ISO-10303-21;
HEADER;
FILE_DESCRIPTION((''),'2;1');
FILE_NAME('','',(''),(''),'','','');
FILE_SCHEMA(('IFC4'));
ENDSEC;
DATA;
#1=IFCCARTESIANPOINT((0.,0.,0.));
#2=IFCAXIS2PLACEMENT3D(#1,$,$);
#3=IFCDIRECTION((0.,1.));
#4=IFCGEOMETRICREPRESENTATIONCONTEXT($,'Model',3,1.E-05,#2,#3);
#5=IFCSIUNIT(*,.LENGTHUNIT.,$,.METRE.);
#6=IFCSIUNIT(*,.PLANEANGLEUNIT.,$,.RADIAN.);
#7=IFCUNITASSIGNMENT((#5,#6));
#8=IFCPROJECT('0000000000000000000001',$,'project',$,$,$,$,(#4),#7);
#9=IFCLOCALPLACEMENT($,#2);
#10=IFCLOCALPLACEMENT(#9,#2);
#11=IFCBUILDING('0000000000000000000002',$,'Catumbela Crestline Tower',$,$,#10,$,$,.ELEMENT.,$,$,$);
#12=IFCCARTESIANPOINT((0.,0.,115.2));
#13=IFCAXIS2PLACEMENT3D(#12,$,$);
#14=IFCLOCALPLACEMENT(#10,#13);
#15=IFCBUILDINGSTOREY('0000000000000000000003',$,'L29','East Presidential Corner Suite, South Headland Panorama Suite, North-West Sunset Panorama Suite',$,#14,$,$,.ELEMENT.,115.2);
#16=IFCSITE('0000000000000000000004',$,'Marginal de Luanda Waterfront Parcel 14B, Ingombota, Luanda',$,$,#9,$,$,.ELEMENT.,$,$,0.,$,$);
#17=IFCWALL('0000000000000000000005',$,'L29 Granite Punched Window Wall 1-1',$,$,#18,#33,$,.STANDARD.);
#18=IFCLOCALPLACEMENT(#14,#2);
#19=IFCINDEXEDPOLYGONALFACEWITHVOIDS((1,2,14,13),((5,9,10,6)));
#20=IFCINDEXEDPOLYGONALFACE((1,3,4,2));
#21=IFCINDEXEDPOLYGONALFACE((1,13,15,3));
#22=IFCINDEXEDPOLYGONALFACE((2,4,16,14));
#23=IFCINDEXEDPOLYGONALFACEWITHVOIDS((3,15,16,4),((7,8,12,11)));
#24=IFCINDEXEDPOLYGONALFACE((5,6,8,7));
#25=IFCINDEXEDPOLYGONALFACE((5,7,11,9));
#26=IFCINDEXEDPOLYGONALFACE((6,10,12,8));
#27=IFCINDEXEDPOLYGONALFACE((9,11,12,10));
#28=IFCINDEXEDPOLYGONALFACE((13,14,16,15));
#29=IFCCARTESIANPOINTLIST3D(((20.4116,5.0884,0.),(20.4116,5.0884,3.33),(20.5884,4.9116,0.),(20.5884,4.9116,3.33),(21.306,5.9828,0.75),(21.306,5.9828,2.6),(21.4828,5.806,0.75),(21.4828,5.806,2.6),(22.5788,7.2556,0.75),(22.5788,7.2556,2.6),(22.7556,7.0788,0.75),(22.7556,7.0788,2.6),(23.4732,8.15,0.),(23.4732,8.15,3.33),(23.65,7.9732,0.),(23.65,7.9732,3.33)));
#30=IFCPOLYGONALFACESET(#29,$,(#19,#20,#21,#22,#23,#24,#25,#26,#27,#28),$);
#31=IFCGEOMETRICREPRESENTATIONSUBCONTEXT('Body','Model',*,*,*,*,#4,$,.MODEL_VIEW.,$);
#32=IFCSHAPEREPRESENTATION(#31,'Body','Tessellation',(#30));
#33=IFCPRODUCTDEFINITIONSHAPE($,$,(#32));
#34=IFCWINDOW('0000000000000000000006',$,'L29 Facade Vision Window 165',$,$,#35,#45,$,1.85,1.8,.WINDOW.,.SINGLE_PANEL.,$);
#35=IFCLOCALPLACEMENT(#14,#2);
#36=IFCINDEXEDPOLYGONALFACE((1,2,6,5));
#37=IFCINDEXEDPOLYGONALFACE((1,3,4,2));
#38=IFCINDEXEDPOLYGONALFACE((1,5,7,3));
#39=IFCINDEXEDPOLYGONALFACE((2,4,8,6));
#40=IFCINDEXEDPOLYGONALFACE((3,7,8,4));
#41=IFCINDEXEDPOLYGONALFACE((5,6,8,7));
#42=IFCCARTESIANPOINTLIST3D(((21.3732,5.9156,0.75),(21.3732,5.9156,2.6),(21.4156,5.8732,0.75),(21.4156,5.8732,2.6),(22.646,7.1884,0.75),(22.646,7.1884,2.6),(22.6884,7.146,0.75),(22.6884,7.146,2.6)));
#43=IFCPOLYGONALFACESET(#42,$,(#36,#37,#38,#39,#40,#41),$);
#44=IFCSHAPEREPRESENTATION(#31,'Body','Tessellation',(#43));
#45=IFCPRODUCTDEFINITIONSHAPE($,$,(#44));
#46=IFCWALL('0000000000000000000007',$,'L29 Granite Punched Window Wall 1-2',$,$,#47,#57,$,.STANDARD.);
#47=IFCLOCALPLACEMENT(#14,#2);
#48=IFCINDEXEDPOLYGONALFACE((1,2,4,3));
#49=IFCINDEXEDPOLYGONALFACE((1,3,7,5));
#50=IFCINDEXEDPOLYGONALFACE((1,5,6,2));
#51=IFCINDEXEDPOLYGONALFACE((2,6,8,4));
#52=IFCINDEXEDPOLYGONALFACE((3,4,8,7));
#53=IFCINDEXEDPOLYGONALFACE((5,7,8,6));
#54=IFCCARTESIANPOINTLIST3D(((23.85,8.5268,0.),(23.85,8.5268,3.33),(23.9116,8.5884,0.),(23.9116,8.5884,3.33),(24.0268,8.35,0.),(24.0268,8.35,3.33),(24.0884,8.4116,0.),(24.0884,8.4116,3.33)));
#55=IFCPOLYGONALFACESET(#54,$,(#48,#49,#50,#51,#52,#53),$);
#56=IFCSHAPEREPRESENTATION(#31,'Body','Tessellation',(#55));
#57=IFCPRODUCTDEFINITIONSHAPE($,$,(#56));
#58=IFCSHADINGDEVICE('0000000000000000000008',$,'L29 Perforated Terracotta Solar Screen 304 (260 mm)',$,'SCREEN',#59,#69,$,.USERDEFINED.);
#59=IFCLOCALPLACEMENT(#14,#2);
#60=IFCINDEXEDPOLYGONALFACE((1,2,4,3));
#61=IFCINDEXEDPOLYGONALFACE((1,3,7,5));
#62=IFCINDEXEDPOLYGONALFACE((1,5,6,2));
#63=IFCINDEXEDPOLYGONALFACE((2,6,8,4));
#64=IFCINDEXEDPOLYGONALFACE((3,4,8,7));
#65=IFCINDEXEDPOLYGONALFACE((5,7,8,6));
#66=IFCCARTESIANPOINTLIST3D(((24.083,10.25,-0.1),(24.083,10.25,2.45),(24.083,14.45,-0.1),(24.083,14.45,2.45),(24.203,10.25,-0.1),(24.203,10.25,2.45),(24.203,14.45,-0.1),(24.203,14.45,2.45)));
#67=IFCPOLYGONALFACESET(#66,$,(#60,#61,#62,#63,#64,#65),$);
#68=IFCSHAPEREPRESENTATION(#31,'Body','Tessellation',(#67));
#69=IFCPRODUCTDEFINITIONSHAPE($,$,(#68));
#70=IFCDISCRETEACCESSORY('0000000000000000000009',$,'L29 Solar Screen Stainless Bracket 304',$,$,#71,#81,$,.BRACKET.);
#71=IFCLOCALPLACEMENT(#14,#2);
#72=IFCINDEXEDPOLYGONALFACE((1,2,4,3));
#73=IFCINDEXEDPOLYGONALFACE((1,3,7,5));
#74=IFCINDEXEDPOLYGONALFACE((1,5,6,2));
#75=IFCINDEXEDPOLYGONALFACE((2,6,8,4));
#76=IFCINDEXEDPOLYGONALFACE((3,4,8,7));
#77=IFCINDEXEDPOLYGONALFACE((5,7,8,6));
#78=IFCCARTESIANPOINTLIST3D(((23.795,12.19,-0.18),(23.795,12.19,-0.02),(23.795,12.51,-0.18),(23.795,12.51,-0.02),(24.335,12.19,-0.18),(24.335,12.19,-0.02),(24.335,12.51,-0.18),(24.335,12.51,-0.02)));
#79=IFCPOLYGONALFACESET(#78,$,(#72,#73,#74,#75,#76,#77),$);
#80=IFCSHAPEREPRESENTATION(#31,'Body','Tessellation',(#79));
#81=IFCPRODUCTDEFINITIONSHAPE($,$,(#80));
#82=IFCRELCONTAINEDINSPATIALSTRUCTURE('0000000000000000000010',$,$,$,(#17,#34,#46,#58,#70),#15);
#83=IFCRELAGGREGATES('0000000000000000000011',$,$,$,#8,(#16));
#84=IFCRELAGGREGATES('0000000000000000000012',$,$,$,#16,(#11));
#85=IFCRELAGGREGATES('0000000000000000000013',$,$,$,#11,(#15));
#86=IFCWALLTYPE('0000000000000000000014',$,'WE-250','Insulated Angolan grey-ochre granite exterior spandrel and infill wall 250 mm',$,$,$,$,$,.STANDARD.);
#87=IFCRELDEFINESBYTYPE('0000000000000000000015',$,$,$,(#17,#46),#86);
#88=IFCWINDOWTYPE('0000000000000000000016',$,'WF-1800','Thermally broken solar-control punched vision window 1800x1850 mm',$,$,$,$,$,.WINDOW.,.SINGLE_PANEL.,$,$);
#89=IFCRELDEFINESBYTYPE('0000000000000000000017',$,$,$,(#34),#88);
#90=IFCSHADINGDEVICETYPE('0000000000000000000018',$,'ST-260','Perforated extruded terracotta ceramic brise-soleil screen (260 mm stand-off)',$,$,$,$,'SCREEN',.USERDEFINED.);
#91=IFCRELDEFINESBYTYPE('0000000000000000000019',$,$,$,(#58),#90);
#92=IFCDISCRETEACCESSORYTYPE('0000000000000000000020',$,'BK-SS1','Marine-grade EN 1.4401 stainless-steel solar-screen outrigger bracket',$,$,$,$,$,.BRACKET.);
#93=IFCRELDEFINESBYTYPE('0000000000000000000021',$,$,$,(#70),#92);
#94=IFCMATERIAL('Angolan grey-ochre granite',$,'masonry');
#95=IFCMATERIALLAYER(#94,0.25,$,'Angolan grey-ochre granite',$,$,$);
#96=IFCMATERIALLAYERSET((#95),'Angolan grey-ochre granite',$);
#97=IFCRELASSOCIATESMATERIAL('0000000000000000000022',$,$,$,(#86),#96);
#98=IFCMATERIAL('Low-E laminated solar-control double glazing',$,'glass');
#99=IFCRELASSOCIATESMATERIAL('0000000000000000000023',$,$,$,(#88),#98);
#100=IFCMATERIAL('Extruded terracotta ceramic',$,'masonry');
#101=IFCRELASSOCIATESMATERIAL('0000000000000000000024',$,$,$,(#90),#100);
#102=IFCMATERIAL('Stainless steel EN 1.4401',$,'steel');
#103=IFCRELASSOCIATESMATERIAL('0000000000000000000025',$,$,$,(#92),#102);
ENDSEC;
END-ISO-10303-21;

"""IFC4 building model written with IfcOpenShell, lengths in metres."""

from ifc_helpers import new_model, si_unit, direction, frame, frame_2d, origin, origin_2d, place, context, subcontext, project, spatial, rectangle, extrude, material, layer, layer_set, type_object, element, fill, save


model = new_model("IFC4")

# Units and contexts
model_context = context("Model", 3, precision=1e-05, world=origin(), true_north=direction((0.0, 1.0)))
body_context = subcontext(model_context, "Body", "Model", "MODEL_VIEW")
ifc_project = project(units=[si_unit("LENGTHUNIT", "METRE"), si_unit("PLANEANGLEUNIT", "RADIAN")], contexts=[model_context])

# Site, building, storey
site_placement = place(None, origin())
site = spatial("IfcSite", under=ifc_project, at=site_placement, Name="Marginal de Luanda Waterfront Parcel 14B, Ingombota, Luanda", CompositionType="ELEMENT", RefElevation=0.0)
building_placement = place(site_placement, origin())
building = spatial("IfcBuilding", under=site, at=building_placement, Name="Catumbela Crestline Tower", CompositionType="ELEMENT")
storey_placement = place(building_placement, frame((0.0, 0.0, 115.2)))
storey = spatial("IfcBuildingStorey", under=building, at=storey_placement, Name="L29", Description="East Presidential Corner Suite, South Headland Panorama Suite, North-West Sunset Panorama Suite", CompositionType="ELEMENT", Elevation=115.2)

# Shared definitions
ifc_material_1 = material(Name="Low-E laminated solar-control double glazing", Category="glass")

# Wall, opening, window
ifc_material_2 = material(Name="Angolan grey-ochre granite", Category="masonry")
ifc_layer_1 = layer(ifc_material_2, 0.25, Name="Angolan grey-ochre granite")
ifc_layer_set_1 = layer_set([ifc_layer_1], Name="Angolan grey-ochre granite")
wall_type = type_object("IfcWallType", Name="WE-250", Description="Insulated Angolan grey-ochre granite exterior spandrel and infill wall 250 mm", PredefinedType="STANDARD", material=ifc_layer_set_1)
wall_1_placement = place(storey_placement, frame((20.5, 5.0, 0.0), z_axis=(0.0, 0.0, 1.0), x_axis=(0.707107, 0.707107, 0.0)))
wall_1 = element("IfcWall", 1, at=wall_1_placement, inside=storey, type_object=wall_type, Name="L29 Granite Punched Window Wall 1-1", PredefinedType="STANDARD", context=body_context, shape_type="SweptSolid", body=[
    extrude(rectangle(XDim=4.3298, YDim=0.25, at=frame_2d((2.1649, 0.0))), origin(), (0.0, 0.0, 1.0), 3.33),
])
opening_placement = place(wall_1_placement, frame((1.2649, 0.0, 0.75)))
opening = element("IfcOpeningElement", 2, at=opening_placement, cuts=wall_1, PredefinedType="OPENING", context=body_context, shape_type="SweptSolid", body=[
    extrude(rectangle(XDim=1.8, YDim=1.85, at=frame_2d((0.9, 0.925))), frame((0.0, 0.135, 0.0), z_axis=(0.0, -1.0, 0.0), x_axis=(1.0, 0.0, 0.0)), (0.0, 0.0, 1.0), 0.27),
])
window_type = type_object("IfcWindowType", Name="WF-1800", Description="Thermally broken solar-control punched vision window 1800x1850 mm", PartitioningType="SINGLE_PANEL", PredefinedType="WINDOW", material=ifc_material_1)
window_placement = place(opening_placement, origin())
window = element("IfcWindow", 3, at=window_placement, inside=storey, type_object=window_type, Name="L29 Facade Vision Window 165", OverallHeight=1.85, OverallWidth=1.8, PartitioningType="SINGLE_PANEL", PredefinedType="WINDOW", context=body_context, shape_type="SweptSolid", body=[
    extrude(rectangle(XDim=1.8, YDim=1.85, at=frame_2d((0.9, 0.925))), frame((0.0, 0.03, 0.0), z_axis=(0.0, -1.0, 0.0), x_axis=(1.0, 0.0, 0.0)), (0.0, 0.0, 1.0), 0.06),
])
fill(opening, window)

# Wall
wall_2_placement = place(storey_placement, frame((23.9384, 8.4384, 0.0), z_axis=(0.0, 0.0, 1.0), x_axis=(0.707107, 0.707107, 0.0)))
element("IfcWall", 4, at=wall_2_placement, inside=storey, type_object=wall_type, Name="L29 Granite Punched Window Wall 1-2", PredefinedType="STANDARD", context=body_context, shape_type="SweptSolid", body=[
    extrude(rectangle(XDim=0.0871, YDim=0.25, at=frame_2d((0.0436, 0.0))), origin(), (0.0, 0.0, 1.0), 3.33),
])

# Shading device
ifc_material_3 = material(Name="Extruded terracotta ceramic", Category="masonry")
shading_device_type = type_object("IfcShadingDeviceType", Name="ST-260", Description="Perforated extruded terracotta ceramic brise-soleil screen (260 mm stand-off)", ElementType="SCREEN", PredefinedType="USERDEFINED", material=ifc_material_3)
shading_device_placement = place(storey_placement, frame((24.143, 12.35, -0.1), z_axis=(0.0, 0.0, 1.0), x_axis=(0.0, 1.0, 0.0)))
element("IfcShadingDevice", 5, at=shading_device_placement, inside=storey, type_object=shading_device_type, Name="L29 Perforated Terracotta Solar Screen 304 (260 mm)", ObjectType="SCREEN", PredefinedType="USERDEFINED", context=body_context, shape_type="SweptSolid", body=[
    extrude(rectangle(XDim=4.2, YDim=0.12, at=origin_2d()), origin(), (0.0, 0.0, 1.0), 2.55),
])

# Discrete accessory
ifc_material_4 = material(Name="Stainless steel EN 1.4401", Category="steel")
discrete_accessory_type = type_object("IfcDiscreteAccessoryType", Name="BK-SS1", Description="Marine-grade EN 1.4401 stainless-steel solar-screen outrigger bracket", PredefinedType="BRACKET", material=ifc_material_4)
discrete_accessory_placement = place(storey_placement, frame((24.065, 12.35, -0.18), z_axis=(0.0, 0.0, 1.0), x_axis=(0.0, 1.0, 0.0)))
element("IfcDiscreteAccessory", 6, at=discrete_accessory_placement, inside=storey, type_object=discrete_accessory_type, Name="L29 Solar Screen Stainless Bracket 304", PredefinedType="BRACKET", context=body_context, shape_type="SweptSolid", body=[
    extrude(rectangle(XDim=0.32, YDim=0.54, at=origin_2d()), origin(), (0.0, 0.0, 1.0), 0.16),
])

save(model, "model.ifc")
